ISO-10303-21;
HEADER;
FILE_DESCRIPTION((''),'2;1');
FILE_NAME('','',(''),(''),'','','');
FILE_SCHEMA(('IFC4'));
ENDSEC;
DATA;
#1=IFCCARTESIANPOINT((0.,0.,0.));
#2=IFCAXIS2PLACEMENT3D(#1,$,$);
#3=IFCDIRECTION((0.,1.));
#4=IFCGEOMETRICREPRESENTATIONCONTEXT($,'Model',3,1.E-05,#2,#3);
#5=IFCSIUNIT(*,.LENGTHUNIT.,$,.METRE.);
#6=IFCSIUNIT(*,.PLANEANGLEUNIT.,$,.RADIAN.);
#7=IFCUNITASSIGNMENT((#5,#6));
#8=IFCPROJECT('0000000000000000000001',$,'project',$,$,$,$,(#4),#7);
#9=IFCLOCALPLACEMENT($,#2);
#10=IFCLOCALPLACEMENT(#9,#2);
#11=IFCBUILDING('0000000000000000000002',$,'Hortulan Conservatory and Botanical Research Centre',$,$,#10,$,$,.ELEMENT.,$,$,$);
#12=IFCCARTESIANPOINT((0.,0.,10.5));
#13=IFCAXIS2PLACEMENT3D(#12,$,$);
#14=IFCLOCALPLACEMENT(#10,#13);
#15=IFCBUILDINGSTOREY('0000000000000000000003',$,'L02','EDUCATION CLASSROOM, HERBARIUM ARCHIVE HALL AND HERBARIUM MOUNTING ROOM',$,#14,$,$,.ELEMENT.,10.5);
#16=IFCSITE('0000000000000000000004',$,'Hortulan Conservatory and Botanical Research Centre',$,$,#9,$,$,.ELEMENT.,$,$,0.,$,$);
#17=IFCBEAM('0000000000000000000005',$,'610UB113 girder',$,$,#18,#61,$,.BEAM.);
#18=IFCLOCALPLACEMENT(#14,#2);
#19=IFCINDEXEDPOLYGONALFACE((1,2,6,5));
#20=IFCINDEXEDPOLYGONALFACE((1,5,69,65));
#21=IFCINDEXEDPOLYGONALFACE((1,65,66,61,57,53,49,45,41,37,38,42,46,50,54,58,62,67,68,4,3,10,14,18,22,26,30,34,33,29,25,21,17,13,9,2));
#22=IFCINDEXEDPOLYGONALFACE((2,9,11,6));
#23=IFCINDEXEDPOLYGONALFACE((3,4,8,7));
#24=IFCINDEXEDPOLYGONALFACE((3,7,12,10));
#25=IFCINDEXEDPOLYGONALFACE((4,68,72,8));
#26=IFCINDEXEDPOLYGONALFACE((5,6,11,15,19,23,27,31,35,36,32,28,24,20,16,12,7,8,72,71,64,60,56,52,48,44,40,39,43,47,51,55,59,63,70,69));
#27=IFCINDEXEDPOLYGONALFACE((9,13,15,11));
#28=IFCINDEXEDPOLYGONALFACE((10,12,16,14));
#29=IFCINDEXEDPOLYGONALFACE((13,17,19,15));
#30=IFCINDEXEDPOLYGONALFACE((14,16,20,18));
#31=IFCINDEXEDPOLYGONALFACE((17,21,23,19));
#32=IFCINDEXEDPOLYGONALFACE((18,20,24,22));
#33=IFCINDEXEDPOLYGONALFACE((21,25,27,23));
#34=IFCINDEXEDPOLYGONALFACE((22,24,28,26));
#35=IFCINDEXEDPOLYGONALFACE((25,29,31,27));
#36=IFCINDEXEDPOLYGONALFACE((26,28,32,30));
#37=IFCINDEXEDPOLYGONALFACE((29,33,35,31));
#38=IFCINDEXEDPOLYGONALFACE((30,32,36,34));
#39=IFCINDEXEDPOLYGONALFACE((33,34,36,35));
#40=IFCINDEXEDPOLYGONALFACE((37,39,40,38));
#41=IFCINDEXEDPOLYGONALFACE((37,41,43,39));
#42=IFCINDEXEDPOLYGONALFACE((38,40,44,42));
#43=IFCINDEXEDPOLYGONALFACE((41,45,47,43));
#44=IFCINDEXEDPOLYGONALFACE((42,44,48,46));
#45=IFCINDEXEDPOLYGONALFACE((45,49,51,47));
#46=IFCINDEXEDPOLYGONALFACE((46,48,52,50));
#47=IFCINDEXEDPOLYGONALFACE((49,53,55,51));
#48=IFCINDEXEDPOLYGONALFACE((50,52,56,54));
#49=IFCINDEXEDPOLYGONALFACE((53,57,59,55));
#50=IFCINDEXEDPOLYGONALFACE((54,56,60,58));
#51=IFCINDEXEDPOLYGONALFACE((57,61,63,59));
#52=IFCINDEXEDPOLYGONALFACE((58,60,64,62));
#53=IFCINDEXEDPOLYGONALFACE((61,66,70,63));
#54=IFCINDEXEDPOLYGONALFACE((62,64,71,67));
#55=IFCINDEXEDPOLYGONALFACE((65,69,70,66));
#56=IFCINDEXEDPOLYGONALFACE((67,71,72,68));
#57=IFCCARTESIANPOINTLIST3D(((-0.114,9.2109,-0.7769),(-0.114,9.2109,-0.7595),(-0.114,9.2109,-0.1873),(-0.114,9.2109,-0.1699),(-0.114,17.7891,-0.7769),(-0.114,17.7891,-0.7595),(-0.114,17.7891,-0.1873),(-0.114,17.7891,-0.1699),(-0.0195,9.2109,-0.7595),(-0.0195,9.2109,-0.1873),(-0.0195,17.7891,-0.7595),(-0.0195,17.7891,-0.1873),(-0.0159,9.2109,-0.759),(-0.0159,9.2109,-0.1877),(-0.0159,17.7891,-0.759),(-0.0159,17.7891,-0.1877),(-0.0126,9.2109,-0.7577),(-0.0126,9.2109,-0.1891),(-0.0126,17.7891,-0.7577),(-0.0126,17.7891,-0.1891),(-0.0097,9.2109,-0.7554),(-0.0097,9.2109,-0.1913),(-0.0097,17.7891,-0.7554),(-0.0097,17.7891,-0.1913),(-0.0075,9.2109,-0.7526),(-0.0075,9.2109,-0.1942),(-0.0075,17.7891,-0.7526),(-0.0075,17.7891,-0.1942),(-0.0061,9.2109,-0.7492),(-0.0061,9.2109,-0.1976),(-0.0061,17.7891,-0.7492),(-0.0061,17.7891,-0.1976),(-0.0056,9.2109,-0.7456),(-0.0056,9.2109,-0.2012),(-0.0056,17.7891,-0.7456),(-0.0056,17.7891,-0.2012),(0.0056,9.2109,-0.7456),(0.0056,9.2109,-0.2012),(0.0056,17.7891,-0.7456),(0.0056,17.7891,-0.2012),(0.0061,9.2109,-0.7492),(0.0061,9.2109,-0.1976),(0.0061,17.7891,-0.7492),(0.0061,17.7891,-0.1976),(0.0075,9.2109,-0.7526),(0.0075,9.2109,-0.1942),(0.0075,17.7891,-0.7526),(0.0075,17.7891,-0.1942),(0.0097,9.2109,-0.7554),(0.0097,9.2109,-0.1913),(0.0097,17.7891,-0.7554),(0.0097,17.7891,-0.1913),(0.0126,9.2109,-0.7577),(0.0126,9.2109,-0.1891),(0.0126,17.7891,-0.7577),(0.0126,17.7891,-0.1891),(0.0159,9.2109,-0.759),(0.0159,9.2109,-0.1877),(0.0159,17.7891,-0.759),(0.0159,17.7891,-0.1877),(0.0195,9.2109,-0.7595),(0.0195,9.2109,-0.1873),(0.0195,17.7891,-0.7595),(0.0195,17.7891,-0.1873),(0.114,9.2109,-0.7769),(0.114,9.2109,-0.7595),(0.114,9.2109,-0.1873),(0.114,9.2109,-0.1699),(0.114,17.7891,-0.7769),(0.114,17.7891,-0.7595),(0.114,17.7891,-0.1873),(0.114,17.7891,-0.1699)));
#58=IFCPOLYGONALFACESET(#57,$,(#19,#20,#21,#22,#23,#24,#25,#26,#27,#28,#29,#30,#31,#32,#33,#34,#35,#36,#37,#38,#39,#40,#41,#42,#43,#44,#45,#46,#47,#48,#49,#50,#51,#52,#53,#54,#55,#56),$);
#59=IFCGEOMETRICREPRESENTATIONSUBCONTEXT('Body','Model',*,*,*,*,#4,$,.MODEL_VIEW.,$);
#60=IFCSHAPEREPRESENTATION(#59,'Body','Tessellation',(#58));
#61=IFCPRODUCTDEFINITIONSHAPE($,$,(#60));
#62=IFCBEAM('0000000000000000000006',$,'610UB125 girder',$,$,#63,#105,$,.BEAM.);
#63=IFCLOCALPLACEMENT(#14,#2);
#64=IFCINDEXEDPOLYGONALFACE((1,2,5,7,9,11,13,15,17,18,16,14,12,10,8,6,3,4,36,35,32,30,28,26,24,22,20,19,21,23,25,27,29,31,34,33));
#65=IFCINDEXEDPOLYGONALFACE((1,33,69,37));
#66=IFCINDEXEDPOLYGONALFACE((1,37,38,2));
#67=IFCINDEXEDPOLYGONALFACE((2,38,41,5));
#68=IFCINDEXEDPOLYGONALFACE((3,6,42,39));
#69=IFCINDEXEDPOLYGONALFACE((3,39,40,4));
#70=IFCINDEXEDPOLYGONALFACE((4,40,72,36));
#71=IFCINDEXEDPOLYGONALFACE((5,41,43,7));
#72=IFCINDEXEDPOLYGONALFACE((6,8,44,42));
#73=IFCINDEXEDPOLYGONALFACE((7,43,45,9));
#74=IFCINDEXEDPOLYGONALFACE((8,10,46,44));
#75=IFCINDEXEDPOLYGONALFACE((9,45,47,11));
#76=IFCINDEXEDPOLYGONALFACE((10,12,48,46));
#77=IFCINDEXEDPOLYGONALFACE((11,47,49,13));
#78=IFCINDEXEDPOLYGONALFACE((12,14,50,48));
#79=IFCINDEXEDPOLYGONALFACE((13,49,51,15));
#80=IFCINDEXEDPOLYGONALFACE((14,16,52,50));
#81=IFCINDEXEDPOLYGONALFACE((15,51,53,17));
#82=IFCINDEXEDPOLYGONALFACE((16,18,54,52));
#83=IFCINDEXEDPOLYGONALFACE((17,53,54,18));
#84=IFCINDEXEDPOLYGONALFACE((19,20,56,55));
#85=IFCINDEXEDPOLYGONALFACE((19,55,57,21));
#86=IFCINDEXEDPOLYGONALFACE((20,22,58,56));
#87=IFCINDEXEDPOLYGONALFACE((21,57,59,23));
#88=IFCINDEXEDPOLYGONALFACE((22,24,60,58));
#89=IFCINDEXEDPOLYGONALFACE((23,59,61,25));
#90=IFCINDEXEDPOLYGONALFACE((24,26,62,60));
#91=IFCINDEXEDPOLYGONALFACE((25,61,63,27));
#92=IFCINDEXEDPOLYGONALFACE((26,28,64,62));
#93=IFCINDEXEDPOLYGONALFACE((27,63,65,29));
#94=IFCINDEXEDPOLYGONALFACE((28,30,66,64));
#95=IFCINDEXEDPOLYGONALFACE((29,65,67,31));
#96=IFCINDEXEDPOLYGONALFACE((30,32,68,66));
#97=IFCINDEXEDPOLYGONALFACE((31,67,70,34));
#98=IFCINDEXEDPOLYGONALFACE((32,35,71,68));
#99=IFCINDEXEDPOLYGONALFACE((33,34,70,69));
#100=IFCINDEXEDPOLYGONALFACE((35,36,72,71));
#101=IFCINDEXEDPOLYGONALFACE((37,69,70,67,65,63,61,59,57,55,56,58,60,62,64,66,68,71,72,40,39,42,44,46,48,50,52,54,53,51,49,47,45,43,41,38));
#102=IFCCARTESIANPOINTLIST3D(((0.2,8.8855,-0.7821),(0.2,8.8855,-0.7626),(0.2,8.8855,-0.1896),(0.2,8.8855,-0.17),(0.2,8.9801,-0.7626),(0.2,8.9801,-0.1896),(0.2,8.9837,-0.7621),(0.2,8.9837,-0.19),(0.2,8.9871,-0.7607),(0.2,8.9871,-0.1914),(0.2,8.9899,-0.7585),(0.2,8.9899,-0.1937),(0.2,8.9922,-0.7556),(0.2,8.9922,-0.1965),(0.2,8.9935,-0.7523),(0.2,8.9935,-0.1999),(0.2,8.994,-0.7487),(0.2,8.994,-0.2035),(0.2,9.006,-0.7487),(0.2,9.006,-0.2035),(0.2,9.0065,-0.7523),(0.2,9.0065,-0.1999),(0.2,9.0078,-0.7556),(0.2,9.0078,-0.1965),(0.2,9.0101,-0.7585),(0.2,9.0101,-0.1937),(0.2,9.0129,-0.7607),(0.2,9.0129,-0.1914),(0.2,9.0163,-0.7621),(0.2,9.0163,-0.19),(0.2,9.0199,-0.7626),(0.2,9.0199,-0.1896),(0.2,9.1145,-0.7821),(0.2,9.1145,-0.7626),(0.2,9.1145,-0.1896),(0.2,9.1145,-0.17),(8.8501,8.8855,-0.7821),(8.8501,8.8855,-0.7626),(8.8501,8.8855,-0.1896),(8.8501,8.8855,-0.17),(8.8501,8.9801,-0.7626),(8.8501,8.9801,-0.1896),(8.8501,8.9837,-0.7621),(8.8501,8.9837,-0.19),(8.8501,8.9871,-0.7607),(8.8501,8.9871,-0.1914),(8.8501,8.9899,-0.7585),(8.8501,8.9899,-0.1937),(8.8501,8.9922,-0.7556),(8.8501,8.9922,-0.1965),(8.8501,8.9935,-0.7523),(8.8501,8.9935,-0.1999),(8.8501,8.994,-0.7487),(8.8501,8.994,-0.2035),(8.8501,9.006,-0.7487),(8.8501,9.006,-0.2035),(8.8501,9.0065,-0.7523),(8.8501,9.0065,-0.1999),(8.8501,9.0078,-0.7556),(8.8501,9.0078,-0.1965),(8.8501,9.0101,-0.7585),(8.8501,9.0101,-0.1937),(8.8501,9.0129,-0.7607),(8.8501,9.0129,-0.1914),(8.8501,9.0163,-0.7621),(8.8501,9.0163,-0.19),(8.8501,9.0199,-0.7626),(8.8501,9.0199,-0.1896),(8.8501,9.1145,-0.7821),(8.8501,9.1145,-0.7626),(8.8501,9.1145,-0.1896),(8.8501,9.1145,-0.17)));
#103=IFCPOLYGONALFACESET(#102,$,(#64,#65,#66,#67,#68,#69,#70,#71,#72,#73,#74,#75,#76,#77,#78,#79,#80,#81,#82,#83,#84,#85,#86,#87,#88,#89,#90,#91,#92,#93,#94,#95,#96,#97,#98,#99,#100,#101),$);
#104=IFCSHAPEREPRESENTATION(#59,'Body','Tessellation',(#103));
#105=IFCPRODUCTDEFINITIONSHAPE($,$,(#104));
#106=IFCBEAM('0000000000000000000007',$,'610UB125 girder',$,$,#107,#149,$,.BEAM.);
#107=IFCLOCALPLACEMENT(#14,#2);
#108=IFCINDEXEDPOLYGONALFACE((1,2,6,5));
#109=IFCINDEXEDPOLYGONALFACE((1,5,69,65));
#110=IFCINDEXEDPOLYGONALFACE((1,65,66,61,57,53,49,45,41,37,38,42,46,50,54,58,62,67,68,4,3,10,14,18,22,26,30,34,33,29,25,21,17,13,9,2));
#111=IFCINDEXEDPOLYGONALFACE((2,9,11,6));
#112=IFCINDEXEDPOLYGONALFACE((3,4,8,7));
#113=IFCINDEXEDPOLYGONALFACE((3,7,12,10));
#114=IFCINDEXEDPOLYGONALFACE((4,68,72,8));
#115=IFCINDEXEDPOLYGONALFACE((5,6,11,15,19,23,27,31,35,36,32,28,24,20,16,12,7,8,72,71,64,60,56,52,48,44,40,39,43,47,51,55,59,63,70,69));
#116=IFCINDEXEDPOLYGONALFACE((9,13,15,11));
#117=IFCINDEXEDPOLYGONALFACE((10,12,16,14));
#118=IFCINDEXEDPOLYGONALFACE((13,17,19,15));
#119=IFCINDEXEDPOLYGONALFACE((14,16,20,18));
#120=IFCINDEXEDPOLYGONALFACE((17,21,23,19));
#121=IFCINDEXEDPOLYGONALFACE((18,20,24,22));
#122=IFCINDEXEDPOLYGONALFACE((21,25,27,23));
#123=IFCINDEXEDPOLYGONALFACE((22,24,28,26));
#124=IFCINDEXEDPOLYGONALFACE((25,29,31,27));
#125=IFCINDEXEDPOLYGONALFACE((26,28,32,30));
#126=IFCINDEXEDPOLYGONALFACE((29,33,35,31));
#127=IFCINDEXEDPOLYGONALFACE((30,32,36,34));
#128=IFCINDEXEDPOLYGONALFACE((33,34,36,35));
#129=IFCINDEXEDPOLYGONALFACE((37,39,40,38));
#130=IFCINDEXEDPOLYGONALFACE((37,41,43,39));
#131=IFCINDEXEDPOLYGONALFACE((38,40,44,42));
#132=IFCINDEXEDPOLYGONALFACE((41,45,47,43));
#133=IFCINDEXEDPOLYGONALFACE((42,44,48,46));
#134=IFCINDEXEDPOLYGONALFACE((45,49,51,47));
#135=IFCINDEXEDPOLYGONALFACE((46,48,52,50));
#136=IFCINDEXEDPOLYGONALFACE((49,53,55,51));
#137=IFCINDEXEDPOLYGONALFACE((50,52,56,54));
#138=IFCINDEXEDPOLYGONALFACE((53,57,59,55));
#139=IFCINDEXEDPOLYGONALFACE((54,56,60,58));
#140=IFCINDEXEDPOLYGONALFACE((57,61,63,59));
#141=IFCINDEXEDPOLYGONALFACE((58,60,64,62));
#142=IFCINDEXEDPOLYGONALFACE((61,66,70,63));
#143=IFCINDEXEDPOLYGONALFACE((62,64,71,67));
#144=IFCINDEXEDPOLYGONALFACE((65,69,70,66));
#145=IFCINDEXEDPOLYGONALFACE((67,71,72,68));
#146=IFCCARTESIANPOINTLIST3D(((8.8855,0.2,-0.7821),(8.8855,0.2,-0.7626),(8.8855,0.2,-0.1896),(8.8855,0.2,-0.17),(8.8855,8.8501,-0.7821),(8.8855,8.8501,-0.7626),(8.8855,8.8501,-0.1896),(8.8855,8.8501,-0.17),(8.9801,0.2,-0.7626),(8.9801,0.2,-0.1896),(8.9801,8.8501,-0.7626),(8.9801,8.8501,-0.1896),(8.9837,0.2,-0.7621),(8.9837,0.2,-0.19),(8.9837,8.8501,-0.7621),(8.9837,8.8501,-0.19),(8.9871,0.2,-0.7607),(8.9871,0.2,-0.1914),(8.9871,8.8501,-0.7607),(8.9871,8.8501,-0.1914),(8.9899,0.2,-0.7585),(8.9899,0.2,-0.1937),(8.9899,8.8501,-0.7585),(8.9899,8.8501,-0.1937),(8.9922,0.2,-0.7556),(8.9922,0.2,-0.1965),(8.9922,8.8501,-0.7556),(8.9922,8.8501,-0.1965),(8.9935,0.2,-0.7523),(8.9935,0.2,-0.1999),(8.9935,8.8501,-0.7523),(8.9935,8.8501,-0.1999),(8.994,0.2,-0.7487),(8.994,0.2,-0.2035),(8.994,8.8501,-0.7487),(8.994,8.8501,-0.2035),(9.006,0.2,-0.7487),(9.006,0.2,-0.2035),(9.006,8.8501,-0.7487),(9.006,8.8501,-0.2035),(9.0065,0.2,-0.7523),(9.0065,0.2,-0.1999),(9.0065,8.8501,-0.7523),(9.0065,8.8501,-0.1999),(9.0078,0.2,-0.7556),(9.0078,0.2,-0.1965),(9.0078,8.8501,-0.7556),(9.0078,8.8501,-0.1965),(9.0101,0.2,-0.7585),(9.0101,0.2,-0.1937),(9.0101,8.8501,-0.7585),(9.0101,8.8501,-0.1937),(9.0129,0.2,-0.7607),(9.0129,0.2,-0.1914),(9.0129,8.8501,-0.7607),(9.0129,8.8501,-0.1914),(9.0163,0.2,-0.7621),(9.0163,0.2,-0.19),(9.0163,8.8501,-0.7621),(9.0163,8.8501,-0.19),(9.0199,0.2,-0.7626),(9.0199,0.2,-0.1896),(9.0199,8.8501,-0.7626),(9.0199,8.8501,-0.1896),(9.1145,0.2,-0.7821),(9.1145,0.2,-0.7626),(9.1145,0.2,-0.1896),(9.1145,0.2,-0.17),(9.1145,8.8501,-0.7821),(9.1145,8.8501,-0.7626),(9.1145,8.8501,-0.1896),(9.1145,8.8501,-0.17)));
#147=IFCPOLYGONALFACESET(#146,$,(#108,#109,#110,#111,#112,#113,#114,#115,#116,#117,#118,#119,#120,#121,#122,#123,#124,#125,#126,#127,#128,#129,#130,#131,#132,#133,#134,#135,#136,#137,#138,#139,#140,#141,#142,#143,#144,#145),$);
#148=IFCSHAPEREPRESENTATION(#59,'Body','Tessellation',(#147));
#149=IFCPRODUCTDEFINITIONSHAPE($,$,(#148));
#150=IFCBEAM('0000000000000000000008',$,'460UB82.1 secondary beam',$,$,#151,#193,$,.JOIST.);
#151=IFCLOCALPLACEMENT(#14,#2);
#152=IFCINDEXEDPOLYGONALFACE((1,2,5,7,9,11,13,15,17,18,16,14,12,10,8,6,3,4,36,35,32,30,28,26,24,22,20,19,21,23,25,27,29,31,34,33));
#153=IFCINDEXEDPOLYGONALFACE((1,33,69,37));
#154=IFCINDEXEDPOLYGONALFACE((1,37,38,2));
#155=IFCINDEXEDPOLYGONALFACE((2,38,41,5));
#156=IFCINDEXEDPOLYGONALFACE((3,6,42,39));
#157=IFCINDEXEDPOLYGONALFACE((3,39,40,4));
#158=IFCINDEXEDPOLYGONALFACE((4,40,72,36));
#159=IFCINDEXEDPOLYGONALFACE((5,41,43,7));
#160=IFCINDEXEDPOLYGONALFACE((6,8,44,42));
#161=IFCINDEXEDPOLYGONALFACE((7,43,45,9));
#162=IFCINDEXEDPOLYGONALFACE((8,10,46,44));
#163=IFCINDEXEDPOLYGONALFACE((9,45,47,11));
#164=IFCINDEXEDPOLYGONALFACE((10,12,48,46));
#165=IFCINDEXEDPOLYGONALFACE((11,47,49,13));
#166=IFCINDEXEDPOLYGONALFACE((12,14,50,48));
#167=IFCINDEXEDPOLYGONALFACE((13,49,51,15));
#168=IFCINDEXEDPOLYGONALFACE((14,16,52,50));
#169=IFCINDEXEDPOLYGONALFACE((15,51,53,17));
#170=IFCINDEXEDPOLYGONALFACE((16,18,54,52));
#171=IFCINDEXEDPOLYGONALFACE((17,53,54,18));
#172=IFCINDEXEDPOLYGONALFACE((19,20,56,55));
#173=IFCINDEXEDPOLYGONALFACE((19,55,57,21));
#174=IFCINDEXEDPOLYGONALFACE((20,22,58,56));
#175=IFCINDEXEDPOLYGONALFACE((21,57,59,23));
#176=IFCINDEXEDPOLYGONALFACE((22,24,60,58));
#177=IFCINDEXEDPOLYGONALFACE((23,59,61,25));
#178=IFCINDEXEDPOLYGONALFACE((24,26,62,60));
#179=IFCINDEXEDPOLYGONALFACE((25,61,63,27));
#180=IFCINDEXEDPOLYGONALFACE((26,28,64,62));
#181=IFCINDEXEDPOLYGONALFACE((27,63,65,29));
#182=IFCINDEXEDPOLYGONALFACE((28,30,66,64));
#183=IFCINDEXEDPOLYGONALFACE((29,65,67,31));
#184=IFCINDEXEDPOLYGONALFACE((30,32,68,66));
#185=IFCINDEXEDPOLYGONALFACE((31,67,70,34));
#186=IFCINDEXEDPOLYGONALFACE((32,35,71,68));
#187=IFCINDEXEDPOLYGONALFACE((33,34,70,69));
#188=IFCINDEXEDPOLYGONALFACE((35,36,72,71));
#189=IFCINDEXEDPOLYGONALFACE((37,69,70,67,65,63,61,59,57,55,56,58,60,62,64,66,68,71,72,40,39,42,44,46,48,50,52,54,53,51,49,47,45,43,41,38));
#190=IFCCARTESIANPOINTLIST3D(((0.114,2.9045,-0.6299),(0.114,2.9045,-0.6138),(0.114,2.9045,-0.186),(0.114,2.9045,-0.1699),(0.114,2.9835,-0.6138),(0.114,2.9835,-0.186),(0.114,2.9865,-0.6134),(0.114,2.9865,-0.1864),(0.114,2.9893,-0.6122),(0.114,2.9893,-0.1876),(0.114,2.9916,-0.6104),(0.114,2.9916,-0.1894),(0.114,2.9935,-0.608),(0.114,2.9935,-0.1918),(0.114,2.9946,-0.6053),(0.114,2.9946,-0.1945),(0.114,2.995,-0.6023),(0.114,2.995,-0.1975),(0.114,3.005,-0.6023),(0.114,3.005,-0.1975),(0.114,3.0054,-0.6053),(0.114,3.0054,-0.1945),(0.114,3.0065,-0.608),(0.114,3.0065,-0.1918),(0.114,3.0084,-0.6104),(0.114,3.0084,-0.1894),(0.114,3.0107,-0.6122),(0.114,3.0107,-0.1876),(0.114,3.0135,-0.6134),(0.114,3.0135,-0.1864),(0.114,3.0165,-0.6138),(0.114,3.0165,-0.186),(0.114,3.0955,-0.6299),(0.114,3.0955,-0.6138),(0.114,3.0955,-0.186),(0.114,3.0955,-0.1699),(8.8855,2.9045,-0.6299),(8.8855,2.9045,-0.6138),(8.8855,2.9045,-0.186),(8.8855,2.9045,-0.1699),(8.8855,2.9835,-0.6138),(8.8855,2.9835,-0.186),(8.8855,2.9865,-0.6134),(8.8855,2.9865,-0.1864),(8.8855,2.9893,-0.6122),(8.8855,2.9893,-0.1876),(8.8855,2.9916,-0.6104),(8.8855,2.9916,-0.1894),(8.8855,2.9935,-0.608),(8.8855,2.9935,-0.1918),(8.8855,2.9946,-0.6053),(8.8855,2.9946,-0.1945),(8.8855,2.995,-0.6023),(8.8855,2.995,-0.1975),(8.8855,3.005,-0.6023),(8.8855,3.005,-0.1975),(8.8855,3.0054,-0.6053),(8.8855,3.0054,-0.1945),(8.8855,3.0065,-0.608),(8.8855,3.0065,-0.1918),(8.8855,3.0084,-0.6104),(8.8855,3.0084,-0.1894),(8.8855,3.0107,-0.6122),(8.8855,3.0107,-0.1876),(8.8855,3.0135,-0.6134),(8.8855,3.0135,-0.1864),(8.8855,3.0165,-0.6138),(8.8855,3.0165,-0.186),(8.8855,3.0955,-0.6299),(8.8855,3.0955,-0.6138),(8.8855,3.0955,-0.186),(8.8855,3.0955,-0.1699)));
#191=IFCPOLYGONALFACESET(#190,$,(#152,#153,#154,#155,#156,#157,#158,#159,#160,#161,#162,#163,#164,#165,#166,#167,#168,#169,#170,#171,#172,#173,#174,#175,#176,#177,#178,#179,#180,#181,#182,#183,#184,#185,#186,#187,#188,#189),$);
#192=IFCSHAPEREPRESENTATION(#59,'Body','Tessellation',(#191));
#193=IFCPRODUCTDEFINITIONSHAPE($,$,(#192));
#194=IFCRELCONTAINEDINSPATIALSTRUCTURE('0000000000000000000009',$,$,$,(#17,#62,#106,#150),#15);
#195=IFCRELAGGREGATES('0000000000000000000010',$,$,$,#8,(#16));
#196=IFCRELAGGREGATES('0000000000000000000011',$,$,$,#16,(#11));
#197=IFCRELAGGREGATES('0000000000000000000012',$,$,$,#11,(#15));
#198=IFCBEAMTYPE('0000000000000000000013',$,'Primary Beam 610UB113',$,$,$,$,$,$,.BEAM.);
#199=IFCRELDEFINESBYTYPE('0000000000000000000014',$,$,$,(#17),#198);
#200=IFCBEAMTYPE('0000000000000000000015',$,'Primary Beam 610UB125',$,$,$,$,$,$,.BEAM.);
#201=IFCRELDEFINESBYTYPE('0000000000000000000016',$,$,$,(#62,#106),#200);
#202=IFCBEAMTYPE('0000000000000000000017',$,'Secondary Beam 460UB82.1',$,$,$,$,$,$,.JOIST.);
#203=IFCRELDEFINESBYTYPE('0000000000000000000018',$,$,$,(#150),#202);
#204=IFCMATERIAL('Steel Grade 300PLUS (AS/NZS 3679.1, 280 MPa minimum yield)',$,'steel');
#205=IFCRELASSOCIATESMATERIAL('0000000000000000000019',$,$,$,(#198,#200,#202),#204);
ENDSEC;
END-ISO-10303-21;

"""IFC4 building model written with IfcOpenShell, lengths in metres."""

from ifc_helpers import new_model, si_unit, direction, frame, origin, origin_2d, place, context, subcontext, project, spatial, i_section, extrude, material, material_profile, profile_set, type_object, element, save


model = new_model("IFC4")

# Units and contexts
model_context = context("Model", 3, precision=1e-05, world=origin(), true_north=direction((0.0, 1.0)))
body_context = subcontext(model_context, "Body", "Model", "MODEL_VIEW")
ifc_project = project(units=[si_unit("LENGTHUNIT", "METRE"), si_unit("PLANEANGLEUNIT", "RADIAN")], contexts=[model_context])

# Site, building, storey
site_placement = place(None, origin())
site = spatial("IfcSite", under=ifc_project, at=site_placement, Name="Hortulan Conservatory and Botanical Research Centre", CompositionType="ELEMENT", RefElevation=0.0)
building_placement = place(site_placement, origin())
building = spatial("IfcBuilding", under=site, at=building_placement, Name="Hortulan Conservatory and Botanical Research Centre", CompositionType="ELEMENT")
storey_placement = place(building_placement, frame((0.0, 0.0, 10.5)))
storey = spatial("IfcBuildingStorey", under=building, at=storey_placement, Name="L02", Description="EDUCATION CLASSROOM, HERBARIUM ARCHIVE HALL AND HERBARIUM MOUNTING ROOM", CompositionType="ELEMENT", Elevation=10.5)

# Beams
ifc_material_1 = material(Name="Steel Grade 300PLUS (AS/NZS 3679.1, 280 MPa minimum yield)", Category="steel")
ifc_material_profile_1 = material_profile(ifc_material_1, i_section(OverallWidth=0.228, OverallDepth=0.6069, WebThickness=0.0112, FlangeThickness=0.0173, FilletRadius=0.0139, at=origin_2d()), Name="610UB113")
ifc_profile_set_1 = profile_set([ifc_material_profile_1], Name="Steel Grade 300PLUS (AS/NZS 3679.1, 280 MPa minimum yield)")
beam_type_1 = type_object("IfcBeamType", Name="Primary Beam 610UB113", PredefinedType="BEAM", material=ifc_profile_set_1)
beam_1_placement = place(storey_placement, frame((0.0, 9.2109, -0.4734), z_axis=(0.0, 1.0, 0.0), x_axis=(-1.0, 0.0, 0.0)))
element("IfcBeam", 1, at=beam_1_placement, inside=storey, type_object=beam_type_1, Name="610UB113 girder", PredefinedType="BEAM", context=body_context, shape_type="SweptSolid", body=[
    extrude(i_section(OverallWidth=0.228, OverallDepth=0.6069, WebThickness=0.0112, FlangeThickness=0.0173, FilletRadius=0.0139, at=origin_2d()), origin(), (0.0, 0.0, 1.0), 8.5781),
])
ifc_material_profile_2 = material_profile(ifc_material_1, i_section(OverallWidth=0.229, OverallDepth=0.6121, WebThickness=0.012, FlangeThickness=0.0195, FilletRadius=0.0139, at=origin_2d()), Name="610UB125")
ifc_profile_set_2 = profile_set([ifc_material_profile_2], Name="Steel Grade 300PLUS (AS/NZS 3679.1, 280 MPa minimum yield)")
beam_type_2 = type_object("IfcBeamType", Name="Primary Beam 610UB125", PredefinedType="BEAM", material=ifc_profile_set_2)
for number, where, z_axis, x_axis, name in (
    (2, (0.2, 9.0, -0.4761), (1.0, 0.0, 0.0), (0.0, 1.0, 0.0), "610UB125 girder"),
    (3, (9.0, 0.2, -0.4761), (0.0, 1.0, 0.0), (-1.0, 0.0, 0.0), "610UB125 girder"),
):
    element("IfcBeam", number, at=place(storey_placement, frame(where, z_axis=z_axis, x_axis=x_axis)), inside=storey, type_object=beam_type_2, Name=name, PredefinedType="BEAM", context=body_context, shape_type="SweptSolid", body=[
        extrude(i_section(OverallWidth=0.229, OverallDepth=0.6121, WebThickness=0.012, FlangeThickness=0.0195, FilletRadius=0.0139, at=origin_2d()), origin(), (0.0, 0.0, 1.0), 8.6501),
    ])
ifc_material_profile_3 = material_profile(ifc_material_1, i_section(OverallWidth=0.1909, OverallDepth=0.46, WebThickness=0.01, FlangeThickness=0.0161, FilletRadius=0.0115, at=origin_2d()), Name="460UB82.1")
ifc_profile_set_3 = profile_set([ifc_material_profile_3], Name="Steel Grade 300PLUS (AS/NZS 3679.1, 280 MPa minimum yield)")
beam_type_3 = type_object("IfcBeamType", Name="Secondary Beam 460UB82.1", PredefinedType="JOIST", material=ifc_profile_set_3)
for number, where, z_axis, x_axis, name in (
    (4, (0.114, 3.0, -0.3999), (1.0, 0.0, 0.0), (0.0, 1.0, 0.0), "460UB82.1 secondary beam"),
):
    element("IfcBeam", number, at=place(storey_placement, frame(where, z_axis=z_axis, x_axis=x_axis)), inside=storey, type_object=beam_type_3, Name=name, PredefinedType="JOIST", context=body_context, shape_type="SweptSolid", body=[
        extrude(i_section(OverallWidth=0.1909, OverallDepth=0.46, WebThickness=0.01, FlangeThickness=0.0161, FilletRadius=0.0115, at=origin_2d()), origin(), (0.0, 0.0, 1.0), 8.7715),
    ])

save(model, "model.ifc")
